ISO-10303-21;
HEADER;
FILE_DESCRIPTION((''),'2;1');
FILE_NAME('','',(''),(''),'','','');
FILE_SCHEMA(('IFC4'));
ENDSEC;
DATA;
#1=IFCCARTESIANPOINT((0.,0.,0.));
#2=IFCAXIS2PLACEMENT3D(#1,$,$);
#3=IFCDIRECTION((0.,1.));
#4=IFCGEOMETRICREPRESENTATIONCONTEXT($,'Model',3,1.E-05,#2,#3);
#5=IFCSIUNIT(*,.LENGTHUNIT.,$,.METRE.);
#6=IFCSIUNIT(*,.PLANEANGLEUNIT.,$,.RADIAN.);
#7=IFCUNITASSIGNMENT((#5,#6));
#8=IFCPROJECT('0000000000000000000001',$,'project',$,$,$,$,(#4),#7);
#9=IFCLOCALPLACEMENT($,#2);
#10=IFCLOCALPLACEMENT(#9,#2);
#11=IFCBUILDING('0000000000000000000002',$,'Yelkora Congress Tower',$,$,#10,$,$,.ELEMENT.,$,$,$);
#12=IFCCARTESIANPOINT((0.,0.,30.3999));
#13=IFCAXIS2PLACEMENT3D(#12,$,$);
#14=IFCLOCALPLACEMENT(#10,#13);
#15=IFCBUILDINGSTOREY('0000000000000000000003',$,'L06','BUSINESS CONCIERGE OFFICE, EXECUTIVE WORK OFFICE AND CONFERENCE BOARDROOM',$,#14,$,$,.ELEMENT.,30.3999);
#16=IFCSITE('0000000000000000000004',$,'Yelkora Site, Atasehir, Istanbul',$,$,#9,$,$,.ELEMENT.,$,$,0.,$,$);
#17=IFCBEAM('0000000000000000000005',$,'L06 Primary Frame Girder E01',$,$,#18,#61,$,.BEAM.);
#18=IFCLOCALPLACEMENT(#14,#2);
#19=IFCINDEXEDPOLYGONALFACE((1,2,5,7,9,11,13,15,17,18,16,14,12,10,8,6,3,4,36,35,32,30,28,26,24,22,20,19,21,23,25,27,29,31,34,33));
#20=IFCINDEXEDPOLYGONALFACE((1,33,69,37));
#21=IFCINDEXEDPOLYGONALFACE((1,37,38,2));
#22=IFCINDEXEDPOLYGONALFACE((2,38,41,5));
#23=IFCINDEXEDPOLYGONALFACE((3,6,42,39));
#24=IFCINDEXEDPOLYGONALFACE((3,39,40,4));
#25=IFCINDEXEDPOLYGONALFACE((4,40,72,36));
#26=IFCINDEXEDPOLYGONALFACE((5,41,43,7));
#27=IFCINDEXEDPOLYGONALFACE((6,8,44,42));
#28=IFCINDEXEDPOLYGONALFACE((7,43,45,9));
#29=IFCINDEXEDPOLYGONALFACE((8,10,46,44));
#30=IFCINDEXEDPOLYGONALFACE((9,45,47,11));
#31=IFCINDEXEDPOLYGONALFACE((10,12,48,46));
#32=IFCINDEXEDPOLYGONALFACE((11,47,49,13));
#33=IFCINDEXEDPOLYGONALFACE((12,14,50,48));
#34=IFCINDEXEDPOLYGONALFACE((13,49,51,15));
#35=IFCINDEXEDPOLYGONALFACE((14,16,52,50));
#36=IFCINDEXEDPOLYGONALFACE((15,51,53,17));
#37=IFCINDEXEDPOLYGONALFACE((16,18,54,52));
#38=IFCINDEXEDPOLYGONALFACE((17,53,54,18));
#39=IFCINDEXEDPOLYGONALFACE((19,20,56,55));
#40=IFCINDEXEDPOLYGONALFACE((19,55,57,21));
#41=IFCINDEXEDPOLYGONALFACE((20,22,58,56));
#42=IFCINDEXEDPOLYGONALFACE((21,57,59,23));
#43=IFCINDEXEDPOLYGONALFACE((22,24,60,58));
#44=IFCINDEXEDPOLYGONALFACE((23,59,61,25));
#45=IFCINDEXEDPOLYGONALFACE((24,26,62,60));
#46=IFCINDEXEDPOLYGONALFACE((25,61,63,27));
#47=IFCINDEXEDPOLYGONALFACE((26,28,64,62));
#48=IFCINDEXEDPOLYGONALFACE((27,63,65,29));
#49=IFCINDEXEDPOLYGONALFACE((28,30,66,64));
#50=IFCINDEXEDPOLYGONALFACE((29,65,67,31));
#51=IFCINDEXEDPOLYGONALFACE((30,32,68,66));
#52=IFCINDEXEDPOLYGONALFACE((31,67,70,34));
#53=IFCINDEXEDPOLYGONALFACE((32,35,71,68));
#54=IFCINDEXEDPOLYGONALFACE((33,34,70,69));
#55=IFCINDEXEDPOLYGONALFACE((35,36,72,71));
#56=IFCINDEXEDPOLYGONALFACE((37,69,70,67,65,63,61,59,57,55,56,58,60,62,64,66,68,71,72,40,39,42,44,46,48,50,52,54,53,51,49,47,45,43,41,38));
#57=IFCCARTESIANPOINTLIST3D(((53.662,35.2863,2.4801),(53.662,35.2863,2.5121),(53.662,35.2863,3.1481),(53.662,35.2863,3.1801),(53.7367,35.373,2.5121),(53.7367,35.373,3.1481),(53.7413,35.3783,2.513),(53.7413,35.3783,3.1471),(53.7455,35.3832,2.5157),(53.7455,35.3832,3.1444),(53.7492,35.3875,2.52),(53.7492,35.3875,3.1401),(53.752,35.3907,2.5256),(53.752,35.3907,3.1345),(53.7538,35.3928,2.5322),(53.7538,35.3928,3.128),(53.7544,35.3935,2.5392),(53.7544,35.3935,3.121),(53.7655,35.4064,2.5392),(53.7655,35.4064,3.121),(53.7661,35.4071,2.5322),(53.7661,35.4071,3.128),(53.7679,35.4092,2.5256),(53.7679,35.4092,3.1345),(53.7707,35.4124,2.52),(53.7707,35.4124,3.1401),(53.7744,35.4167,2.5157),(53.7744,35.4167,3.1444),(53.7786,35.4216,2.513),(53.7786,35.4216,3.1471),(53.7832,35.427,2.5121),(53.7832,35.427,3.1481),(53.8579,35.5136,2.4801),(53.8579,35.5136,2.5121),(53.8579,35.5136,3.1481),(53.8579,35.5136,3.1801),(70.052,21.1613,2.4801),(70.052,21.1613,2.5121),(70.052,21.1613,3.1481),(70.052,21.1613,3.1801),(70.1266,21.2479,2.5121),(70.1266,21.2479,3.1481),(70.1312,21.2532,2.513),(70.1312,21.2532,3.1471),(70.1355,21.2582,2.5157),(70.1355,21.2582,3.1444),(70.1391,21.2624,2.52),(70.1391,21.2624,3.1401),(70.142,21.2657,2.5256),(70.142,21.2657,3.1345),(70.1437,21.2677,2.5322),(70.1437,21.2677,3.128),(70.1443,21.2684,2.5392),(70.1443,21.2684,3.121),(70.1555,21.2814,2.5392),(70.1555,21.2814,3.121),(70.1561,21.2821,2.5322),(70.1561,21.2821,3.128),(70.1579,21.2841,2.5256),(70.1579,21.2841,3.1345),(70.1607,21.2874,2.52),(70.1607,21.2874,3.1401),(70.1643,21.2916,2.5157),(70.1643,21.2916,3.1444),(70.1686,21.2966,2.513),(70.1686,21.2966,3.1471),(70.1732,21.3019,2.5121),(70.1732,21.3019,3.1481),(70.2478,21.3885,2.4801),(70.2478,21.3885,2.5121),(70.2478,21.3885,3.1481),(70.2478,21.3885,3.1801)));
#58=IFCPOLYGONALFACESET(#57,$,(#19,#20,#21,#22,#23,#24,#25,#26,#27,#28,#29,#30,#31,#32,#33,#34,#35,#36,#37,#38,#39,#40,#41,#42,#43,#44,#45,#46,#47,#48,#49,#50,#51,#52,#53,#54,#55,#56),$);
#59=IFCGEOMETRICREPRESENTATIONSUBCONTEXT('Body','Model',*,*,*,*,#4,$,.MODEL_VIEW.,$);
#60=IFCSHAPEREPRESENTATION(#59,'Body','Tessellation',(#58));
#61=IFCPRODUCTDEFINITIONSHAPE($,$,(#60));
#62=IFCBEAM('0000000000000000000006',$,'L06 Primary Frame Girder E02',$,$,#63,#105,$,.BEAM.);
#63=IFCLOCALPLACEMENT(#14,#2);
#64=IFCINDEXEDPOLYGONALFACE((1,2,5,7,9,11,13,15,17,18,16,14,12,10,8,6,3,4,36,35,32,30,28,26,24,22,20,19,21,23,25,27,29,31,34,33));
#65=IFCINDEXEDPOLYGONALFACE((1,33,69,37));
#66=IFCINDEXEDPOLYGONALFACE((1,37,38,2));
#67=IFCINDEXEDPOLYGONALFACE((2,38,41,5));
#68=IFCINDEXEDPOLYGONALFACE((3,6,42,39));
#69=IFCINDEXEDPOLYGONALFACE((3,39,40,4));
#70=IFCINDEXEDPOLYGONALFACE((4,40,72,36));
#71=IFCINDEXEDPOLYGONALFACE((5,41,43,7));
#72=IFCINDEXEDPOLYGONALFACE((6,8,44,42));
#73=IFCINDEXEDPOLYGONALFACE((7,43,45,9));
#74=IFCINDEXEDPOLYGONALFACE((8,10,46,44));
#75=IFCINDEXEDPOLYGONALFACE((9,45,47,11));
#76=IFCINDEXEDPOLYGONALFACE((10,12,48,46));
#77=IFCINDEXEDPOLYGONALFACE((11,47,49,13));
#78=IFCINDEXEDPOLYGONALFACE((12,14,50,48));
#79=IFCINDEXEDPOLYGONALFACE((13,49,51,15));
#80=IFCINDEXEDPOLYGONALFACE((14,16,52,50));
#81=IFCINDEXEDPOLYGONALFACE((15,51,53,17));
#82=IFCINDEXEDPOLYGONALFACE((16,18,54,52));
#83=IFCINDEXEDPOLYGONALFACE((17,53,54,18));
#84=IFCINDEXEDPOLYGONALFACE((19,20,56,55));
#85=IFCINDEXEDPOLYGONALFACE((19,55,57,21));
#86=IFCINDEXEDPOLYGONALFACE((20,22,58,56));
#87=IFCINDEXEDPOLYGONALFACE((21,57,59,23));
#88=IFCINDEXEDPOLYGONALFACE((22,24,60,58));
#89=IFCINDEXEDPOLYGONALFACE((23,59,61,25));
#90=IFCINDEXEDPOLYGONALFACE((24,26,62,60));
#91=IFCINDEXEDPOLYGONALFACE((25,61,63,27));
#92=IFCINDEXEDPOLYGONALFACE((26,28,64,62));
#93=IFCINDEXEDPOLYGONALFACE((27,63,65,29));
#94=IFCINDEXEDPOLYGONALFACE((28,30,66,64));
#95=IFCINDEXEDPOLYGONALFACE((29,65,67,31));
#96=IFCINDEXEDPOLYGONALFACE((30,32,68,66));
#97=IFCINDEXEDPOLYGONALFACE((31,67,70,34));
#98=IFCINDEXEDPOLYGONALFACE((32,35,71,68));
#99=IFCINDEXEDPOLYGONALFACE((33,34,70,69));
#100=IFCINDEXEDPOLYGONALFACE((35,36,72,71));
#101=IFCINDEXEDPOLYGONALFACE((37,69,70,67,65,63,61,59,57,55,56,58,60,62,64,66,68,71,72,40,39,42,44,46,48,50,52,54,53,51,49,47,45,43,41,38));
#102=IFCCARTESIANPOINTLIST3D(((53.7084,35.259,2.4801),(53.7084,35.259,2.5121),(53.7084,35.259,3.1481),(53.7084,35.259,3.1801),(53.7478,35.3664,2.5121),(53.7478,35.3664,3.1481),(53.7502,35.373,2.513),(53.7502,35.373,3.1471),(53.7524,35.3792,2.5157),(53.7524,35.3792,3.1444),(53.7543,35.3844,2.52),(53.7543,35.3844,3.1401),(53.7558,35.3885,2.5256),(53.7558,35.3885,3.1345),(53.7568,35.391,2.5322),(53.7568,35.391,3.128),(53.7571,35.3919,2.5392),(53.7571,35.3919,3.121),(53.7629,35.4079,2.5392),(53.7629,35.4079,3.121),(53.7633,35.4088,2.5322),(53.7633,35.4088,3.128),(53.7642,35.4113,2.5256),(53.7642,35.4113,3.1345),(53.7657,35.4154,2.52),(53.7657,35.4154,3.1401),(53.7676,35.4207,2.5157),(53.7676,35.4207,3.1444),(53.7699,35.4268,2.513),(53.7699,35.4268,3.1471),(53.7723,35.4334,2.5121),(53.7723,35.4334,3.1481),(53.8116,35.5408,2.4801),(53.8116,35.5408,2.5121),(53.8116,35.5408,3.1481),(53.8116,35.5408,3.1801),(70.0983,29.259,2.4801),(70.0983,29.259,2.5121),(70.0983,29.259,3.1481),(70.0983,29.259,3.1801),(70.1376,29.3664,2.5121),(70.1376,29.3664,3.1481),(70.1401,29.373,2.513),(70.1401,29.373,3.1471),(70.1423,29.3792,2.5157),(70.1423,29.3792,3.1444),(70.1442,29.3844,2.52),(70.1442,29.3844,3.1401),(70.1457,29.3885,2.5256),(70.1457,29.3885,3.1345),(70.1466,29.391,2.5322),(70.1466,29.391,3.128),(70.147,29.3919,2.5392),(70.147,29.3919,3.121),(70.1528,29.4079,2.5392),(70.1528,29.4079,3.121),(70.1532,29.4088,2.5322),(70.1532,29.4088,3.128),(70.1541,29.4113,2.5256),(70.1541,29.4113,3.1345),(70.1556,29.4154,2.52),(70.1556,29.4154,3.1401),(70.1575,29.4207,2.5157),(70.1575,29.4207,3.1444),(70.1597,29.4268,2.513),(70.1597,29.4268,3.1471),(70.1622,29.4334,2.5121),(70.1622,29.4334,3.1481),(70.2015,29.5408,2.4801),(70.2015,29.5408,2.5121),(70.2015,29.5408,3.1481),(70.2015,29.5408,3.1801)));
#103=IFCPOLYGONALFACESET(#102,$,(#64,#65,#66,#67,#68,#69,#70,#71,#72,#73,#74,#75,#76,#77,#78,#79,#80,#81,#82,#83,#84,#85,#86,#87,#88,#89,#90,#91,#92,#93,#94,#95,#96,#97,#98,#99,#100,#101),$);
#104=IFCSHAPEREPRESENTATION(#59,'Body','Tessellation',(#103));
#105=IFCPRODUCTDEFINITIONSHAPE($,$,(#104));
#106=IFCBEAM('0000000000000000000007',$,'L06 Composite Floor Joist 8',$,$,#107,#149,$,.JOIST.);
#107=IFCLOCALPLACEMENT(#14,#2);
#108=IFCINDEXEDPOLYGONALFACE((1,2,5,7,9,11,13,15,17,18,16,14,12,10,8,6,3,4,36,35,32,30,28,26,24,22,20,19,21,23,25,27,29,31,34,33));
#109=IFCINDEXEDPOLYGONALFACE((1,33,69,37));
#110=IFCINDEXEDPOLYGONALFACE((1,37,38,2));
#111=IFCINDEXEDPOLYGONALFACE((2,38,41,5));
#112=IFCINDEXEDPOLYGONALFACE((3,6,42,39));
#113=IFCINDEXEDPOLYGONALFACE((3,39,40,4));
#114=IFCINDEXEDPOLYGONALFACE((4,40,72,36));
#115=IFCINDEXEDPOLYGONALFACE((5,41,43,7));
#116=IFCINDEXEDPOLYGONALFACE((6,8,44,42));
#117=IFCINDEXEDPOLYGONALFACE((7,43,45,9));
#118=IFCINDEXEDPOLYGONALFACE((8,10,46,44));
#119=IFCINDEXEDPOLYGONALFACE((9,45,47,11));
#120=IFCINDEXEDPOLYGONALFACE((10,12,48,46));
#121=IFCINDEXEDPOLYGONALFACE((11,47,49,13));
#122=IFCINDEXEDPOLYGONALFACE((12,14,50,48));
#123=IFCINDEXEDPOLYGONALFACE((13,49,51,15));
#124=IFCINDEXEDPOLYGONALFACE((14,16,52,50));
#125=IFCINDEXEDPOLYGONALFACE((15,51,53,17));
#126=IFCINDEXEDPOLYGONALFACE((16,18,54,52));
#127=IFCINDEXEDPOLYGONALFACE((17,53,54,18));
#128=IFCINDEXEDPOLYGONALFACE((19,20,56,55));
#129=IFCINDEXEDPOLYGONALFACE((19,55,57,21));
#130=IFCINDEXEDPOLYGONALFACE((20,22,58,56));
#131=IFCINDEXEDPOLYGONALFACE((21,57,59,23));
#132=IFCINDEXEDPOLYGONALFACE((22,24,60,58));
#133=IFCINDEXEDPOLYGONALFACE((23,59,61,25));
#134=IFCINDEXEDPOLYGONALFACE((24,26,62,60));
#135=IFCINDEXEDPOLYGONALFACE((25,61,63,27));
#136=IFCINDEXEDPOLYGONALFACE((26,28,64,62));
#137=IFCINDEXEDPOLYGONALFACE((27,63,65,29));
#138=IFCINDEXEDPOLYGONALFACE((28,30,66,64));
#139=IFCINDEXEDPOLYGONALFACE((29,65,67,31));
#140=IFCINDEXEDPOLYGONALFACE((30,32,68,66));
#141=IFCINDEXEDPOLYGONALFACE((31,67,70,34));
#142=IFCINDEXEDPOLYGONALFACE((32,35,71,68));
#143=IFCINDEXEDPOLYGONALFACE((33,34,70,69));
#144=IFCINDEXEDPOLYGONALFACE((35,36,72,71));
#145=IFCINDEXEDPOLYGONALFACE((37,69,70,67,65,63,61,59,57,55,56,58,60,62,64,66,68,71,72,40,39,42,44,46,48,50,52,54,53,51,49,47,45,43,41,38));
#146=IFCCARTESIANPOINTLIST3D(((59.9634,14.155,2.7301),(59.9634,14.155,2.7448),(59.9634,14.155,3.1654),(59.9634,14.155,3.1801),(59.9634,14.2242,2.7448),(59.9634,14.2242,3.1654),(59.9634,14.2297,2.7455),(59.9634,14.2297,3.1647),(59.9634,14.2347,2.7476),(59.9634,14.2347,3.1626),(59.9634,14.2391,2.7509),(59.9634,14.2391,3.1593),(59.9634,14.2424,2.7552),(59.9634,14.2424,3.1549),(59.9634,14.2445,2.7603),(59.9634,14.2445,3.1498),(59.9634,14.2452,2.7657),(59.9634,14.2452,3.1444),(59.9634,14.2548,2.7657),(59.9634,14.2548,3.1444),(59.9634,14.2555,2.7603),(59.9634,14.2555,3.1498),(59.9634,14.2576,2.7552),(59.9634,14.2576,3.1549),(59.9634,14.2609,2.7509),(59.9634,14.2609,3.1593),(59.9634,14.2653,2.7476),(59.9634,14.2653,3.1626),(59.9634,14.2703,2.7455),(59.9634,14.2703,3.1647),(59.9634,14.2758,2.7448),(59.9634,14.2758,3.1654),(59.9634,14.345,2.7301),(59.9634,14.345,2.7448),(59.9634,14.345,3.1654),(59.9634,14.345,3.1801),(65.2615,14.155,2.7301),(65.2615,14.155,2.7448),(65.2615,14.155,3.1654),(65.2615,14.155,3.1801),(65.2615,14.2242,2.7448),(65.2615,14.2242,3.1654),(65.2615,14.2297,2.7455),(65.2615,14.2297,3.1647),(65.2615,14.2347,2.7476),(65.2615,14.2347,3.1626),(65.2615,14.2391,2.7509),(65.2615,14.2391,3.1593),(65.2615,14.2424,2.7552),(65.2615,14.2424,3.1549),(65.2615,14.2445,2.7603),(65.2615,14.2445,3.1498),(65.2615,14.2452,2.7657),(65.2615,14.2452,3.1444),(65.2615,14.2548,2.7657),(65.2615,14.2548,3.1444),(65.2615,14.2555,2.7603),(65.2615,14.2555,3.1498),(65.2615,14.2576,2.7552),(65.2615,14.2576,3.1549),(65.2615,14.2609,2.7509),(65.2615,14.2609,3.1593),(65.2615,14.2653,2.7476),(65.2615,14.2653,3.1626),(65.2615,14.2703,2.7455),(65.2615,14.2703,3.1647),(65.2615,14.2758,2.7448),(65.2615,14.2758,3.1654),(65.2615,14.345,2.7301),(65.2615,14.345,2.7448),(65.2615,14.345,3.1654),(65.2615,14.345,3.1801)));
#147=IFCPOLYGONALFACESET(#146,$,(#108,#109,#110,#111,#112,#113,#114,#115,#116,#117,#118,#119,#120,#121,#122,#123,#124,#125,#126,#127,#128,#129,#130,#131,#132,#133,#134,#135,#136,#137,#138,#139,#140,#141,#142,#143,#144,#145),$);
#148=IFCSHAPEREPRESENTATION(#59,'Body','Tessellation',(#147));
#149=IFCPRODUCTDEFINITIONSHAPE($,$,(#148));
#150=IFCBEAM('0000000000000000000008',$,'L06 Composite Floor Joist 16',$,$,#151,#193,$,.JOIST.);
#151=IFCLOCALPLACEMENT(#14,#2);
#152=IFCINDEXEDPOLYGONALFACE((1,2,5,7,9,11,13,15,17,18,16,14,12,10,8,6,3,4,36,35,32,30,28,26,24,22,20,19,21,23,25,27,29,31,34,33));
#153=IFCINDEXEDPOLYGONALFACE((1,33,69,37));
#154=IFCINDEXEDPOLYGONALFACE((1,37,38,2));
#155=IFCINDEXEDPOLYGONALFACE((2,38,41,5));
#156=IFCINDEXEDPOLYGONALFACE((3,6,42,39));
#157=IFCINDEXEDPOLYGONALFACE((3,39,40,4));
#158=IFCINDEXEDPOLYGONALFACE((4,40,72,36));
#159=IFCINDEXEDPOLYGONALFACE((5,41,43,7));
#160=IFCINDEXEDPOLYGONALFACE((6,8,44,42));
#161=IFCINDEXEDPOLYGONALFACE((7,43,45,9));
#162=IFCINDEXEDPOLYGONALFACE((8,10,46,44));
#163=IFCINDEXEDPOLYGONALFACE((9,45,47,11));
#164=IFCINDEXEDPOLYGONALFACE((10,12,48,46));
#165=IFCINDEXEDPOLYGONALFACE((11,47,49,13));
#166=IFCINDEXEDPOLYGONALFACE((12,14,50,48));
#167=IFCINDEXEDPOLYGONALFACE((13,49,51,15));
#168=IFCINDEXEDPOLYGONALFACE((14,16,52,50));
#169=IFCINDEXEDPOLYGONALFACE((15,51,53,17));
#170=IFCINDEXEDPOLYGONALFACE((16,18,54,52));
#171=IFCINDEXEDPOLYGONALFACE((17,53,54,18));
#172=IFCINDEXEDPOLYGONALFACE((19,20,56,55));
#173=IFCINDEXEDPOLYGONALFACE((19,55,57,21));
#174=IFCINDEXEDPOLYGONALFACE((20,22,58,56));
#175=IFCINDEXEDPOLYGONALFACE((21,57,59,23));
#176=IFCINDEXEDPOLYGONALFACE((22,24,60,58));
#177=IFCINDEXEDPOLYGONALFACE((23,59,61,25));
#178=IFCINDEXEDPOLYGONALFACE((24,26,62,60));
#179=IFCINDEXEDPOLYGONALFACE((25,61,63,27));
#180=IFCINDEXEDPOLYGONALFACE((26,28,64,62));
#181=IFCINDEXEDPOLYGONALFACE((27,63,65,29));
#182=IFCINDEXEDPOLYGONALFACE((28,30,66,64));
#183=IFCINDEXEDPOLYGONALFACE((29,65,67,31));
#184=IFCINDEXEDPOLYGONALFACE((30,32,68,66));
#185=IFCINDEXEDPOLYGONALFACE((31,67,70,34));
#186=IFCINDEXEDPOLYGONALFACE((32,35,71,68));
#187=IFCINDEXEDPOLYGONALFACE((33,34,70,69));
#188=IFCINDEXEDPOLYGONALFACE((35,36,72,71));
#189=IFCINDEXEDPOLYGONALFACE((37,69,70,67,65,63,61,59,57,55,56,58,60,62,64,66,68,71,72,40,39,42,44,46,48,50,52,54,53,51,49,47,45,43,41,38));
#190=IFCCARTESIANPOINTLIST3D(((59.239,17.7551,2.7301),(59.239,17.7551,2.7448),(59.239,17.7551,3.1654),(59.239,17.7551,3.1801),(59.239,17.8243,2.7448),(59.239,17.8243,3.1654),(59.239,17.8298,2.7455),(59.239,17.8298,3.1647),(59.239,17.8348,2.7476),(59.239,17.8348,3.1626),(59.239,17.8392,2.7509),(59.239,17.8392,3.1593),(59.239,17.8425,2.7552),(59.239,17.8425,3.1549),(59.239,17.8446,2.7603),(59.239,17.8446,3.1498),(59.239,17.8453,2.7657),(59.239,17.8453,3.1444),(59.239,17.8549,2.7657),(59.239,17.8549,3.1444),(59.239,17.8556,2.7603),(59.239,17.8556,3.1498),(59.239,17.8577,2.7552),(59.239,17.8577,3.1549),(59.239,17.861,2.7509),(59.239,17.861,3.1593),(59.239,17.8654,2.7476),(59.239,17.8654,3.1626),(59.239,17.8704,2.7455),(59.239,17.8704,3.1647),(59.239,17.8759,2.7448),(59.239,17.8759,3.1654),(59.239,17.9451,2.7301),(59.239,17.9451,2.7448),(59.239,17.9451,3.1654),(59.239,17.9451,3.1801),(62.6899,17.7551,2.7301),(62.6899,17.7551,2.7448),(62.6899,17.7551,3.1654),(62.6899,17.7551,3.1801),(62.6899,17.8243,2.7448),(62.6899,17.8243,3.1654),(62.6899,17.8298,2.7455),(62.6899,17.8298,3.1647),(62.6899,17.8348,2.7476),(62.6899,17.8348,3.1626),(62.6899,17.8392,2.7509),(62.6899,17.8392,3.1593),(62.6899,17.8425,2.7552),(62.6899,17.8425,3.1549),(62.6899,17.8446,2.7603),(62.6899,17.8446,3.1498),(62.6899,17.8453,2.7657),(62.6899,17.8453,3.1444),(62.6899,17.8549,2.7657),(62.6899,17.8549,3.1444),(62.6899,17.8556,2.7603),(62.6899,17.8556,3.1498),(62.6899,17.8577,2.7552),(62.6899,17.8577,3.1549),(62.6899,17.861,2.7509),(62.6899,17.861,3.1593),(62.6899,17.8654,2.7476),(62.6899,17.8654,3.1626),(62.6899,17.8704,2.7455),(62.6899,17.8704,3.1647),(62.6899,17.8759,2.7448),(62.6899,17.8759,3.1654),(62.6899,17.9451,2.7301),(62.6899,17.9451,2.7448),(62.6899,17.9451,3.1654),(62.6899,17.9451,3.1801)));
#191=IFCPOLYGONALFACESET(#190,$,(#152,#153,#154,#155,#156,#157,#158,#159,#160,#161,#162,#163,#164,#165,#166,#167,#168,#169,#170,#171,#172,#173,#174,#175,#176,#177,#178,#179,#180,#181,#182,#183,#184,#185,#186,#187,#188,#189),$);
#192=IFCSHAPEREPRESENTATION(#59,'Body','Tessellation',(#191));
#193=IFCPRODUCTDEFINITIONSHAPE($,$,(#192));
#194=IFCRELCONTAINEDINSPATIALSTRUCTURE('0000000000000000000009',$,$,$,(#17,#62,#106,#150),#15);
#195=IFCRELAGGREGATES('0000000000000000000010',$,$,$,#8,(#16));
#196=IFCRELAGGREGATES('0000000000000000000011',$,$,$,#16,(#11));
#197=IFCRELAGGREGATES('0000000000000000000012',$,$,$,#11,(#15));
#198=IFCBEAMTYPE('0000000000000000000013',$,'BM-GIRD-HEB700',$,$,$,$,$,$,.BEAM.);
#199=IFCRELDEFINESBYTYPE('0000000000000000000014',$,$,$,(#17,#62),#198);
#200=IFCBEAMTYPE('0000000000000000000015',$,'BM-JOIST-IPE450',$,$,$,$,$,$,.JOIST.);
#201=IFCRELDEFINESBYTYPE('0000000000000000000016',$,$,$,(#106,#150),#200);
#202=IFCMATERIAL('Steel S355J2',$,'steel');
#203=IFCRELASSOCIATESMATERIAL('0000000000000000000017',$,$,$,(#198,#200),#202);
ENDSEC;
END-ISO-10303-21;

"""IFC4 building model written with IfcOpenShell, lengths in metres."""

from ifc_helpers import new_model, si_unit, direction, frame, origin, origin_2d, place, context, subcontext, project, spatial, i_section, extrude, material, material_profile, profile_set, type_object, element, save


model = new_model("IFC4")

# Units and contexts
model_context = context("Model", 3, precision=1e-05, world=origin(), true_north=direction((0.0, 1.0)))
body_context = subcontext(model_context, "Body", "Model", "MODEL_VIEW")
ifc_project = project(units=[si_unit("LENGTHUNIT", "METRE"), si_unit("PLANEANGLEUNIT", "RADIAN")], contexts=[model_context])

# Site, building, storey
site_placement = place(None, origin())
site = spatial("IfcSite", under=ifc_project, at=site_placement, Name="Yelkora Site, Atasehir, Istanbul", CompositionType="ELEMENT", RefElevation=0.0)
building_placement = place(site_placement, origin())
building = spatial("IfcBuilding", under=site, at=building_placement, Name="Yelkora Congress Tower", CompositionType="ELEMENT")
storey_placement = place(building_placement, frame((0.0, 0.0, 30.3999)))
storey = spatial("IfcBuildingStorey", under=building, at=storey_placement, Name="L06", Description="BUSINESS CONCIERGE OFFICE, EXECUTIVE WORK OFFICE AND CONFERENCE BOARDROOM", CompositionType="ELEMENT", Elevation=30.3999)

# Beams
ifc_material_1 = material(Name="Steel S355J2", Category="steel")
ifc_material_profile_1 = material_profile(ifc_material_1, i_section(OverallWidth=0.3, OverallDepth=0.7, WebThickness=0.0171, FlangeThickness=0.032, FilletRadius=0.0271, at=origin_2d()), Name="HEB 700")
ifc_profile_set_1 = profile_set([ifc_material_profile_1], Name="Steel S355J2")
beam_type_1 = type_object("IfcBeamType", Name="BM-GIRD-HEB700", PredefinedType="BEAM", material=ifc_profile_set_1)
beam_1_placement = place(storey_placement, frame((70.1499, 21.2749, 2.8301), z_axis=(-0.757506, 0.652828, 0.0), x_axis=(-0.652828, -0.757506, 0.0)))
element("IfcBeam", 1, at=beam_1_placement, inside=storey, type_object=beam_type_1, Name="L06 Primary Frame Girder E01", PredefinedType="BEAM", context=body_context, shape_type="SweptSolid", body=[
    extrude(i_section(OverallWidth=0.3, OverallDepth=0.7, WebThickness=0.0171, FlangeThickness=0.032, FilletRadius=0.0271, at=origin_2d()), origin(), (0.0, 0.0, 1.0), 21.6367),
])
beam_2_placement = place(storey_placement, frame((70.1499, 29.3999, 2.8301), z_axis=(-0.939054, 0.343768, 0.0), x_axis=(-0.343768, -0.939054, 0.0)))
element("IfcBeam", 2, at=beam_2_placement, inside=storey, type_object=beam_type_1, Name="L06 Primary Frame Girder E02", PredefinedType="BEAM", context=body_context, shape_type="SweptSolid", body=[
    extrude(i_section(OverallWidth=0.3, OverallDepth=0.7, WebThickness=0.0171, FlangeThickness=0.032, FilletRadius=0.0271, at=origin_2d()), origin(), (0.0, 0.0, 1.0), 17.4536),
])
ifc_material_profile_2 = material_profile(ifc_material_1, i_section(OverallWidth=0.1899, OverallDepth=0.45, WebThickness=0.0095, FlangeThickness=0.0146, FilletRadius=0.021, at=origin_2d()), Name="IPE 450")
ifc_profile_set_2 = profile_set([ifc_material_profile_2], Name="Steel S355J2")
beam_type_2 = type_object("IfcBeamType", Name="BM-JOIST-IPE450", PredefinedType="JOIST", material=ifc_profile_set_2)
beam_3_placement = place(storey_placement, frame((59.9634, 14.25, 2.9551), z_axis=(1.0, 0.0, 0.0), x_axis=(0.0, 1.0, 0.0)))
element("IfcBeam", 3, at=beam_3_placement, inside=storey, type_object=beam_type_2, Name="L06 Composite Floor Joist 8", PredefinedType="JOIST", context=body_context, shape_type="SweptSolid", body=[
    extrude(i_section(OverallWidth=0.1899, OverallDepth=0.45, WebThickness=0.0095, FlangeThickness=0.0146, FilletRadius=0.021, at=origin_2d()), origin(), (0.0, 0.0, 1.0), 5.2981),
])
beam_4_placement = place(storey_placement, frame((59.239, 17.8501, 2.9551), z_axis=(1.0, 0.0, 0.0), x_axis=(0.0, 1.0, 0.0)))
element("IfcBeam", 4, at=beam_4_placement, inside=storey, type_object=beam_type_2, Name="L06 Composite Floor Joist 16", PredefinedType="JOIST", context=body_context, shape_type="SweptSolid", body=[
    extrude(i_section(OverallWidth=0.1899, OverallDepth=0.45, WebThickness=0.0095, FlangeThickness=0.0146, FilletRadius=0.021, at=origin_2d()), origin(), (0.0, 0.0, 1.0), 3.4509),
])

save(model, "model.ifc")
